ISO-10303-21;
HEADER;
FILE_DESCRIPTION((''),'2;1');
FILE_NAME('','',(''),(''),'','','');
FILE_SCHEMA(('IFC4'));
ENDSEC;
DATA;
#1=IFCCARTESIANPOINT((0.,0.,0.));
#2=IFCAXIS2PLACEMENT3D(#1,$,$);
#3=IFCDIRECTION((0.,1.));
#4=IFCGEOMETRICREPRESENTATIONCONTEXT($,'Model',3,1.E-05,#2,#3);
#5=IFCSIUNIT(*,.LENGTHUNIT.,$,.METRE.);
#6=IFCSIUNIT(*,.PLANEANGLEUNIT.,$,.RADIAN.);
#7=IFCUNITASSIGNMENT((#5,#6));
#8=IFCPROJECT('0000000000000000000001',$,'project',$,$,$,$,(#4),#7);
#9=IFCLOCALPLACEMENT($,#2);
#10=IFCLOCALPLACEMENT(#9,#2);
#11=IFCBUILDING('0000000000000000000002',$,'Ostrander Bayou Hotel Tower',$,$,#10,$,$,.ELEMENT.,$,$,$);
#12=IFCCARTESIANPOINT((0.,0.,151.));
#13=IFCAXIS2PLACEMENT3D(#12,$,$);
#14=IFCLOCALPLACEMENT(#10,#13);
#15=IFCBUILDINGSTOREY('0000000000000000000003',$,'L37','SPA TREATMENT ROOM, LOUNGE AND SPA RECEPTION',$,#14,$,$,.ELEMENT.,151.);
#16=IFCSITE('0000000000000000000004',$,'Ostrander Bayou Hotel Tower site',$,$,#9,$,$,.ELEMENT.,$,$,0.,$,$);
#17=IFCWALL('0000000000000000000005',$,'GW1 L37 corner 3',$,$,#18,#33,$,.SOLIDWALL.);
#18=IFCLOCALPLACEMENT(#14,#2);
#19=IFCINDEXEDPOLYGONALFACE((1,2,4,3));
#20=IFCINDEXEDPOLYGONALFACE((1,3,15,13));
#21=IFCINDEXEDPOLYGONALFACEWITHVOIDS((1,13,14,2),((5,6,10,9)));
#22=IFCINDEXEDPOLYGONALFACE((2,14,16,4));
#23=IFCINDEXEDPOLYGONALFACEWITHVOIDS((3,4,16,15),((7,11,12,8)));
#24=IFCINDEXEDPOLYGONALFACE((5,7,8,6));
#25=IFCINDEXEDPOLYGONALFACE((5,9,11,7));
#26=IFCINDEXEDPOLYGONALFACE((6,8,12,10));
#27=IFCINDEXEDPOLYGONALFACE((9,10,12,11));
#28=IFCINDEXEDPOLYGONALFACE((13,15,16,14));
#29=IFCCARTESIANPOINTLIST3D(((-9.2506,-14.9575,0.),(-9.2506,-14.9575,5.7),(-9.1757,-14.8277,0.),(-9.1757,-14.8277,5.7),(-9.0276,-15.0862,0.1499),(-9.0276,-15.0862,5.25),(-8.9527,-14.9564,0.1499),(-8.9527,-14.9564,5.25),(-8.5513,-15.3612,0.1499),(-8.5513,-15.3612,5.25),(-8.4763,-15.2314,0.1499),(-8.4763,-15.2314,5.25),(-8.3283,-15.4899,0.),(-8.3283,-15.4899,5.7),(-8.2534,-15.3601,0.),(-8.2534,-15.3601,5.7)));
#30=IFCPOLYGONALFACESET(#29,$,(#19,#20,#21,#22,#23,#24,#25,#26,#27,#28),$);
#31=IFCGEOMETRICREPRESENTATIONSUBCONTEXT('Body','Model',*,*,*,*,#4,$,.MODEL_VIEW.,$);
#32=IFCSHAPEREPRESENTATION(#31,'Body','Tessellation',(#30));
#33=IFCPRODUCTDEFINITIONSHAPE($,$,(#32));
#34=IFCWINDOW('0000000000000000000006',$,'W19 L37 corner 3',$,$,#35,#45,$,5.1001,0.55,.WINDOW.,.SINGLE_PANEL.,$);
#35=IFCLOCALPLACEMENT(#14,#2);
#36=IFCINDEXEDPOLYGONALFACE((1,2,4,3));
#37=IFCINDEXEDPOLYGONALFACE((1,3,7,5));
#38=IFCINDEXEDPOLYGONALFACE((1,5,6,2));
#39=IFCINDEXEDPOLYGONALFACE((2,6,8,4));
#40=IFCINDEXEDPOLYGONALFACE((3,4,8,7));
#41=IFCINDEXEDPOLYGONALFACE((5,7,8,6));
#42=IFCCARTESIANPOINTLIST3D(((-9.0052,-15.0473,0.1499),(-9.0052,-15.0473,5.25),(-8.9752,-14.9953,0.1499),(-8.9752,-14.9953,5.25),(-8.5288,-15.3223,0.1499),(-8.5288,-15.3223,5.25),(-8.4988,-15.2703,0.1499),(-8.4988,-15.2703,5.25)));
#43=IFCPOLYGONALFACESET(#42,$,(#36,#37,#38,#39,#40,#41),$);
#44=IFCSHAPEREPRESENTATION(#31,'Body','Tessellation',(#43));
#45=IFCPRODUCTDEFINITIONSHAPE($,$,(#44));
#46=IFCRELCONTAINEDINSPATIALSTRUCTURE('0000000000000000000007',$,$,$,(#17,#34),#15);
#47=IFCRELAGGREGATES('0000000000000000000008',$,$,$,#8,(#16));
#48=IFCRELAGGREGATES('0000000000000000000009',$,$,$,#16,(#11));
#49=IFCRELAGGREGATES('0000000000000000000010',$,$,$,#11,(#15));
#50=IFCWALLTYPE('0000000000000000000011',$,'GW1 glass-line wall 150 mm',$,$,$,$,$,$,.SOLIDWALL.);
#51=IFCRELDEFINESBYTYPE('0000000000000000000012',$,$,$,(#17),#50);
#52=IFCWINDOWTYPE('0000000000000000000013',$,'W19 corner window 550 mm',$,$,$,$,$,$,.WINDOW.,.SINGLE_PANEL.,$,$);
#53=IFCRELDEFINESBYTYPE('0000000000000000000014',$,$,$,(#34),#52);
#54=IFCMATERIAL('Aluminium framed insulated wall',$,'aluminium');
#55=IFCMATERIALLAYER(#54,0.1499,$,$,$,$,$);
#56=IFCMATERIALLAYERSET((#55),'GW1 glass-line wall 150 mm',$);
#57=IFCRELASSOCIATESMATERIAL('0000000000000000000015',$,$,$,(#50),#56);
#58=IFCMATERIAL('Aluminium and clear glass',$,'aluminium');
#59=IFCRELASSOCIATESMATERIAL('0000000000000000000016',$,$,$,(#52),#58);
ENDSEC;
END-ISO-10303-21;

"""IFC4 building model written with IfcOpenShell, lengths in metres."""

from ifc_helpers import new_model, si_unit, direction, frame, frame_2d, origin, place, context, subcontext, project, spatial, rectangle, extrude, material, layer, layer_set, type_object, element, fill, save


model = new_model("IFC4")

# Units and contexts
model_context = context("Model", 3, precision=1e-05, world=origin(), true_north=direction((0.0, 1.0)))
body_context = subcontext(model_context, "Body", "Model", "MODEL_VIEW")
ifc_project = project(units=[si_unit("LENGTHUNIT", "METRE"), si_unit("PLANEANGLEUNIT", "RADIAN")], contexts=[model_context])

# Site, building, storey
site_placement = place(None, origin())
site = spatial("IfcSite", under=ifc_project, at=site_placement, Name="Ostrander Bayou Hotel Tower site", CompositionType="ELEMENT", RefElevation=0.0)
building_placement = place(site_placement, origin())
building = spatial("IfcBuilding", under=site, at=building_placement, Name="Ostrander Bayou Hotel Tower", CompositionType="ELEMENT")
storey_placement = place(building_placement, frame((0.0, 0.0, 151.0)))
storey = spatial("IfcBuildingStorey", under=building, at=storey_placement, Name="L37", Description="SPA TREATMENT ROOM, LOUNGE AND SPA RECEPTION", CompositionType="ELEMENT", Elevation=151.0)

# Shared definitions
ifc_material_1 = material(Name="Aluminium framed insulated wall", Category="aluminium")
ifc_layer_1 = layer(ifc_material_1, 0.1499)
ifc_layer_set_1 = layer_set([ifc_layer_1], Name="GW1 glass-line wall 150 mm")
wall_type_1 = type_object("IfcWallType", Name="GW1 glass-line wall 150 mm", PredefinedType="SOLIDWALL", material=ifc_layer_set_1)

# Wall, opening, window
wall_1_placement = place(storey_placement, frame((-9.2131, -14.8926, 0.0), z_axis=(0.0, 0.0, 1.0), x_axis=(0.866048, -0.499961, 0.0)))
wall_1 = element("IfcWall", 1, at=wall_1_placement, inside=storey, type_object=wall_type_1, Name="GW1 L37 corner 3", PredefinedType="SOLIDWALL", context=body_context, shape_type="SweptSolid", body=[
    extrude(rectangle(XDim=1.0649, YDim=0.1499, at=frame_2d((0.5325, 0.0))), origin(), (0.0, 0.0, 1.0), 5.7),
])
opening_1_placement = place(wall_1_placement, frame((0.2576, 0.0, 0.1499)))
opening_1 = element("IfcOpeningElement", 2, at=opening_1_placement, cuts=wall_1, PredefinedType="OPENING", context=body_context, shape_type="SweptSolid", body=[
    extrude(rectangle(XDim=0.55, YDim=5.1001, at=frame_2d((0.2749, 2.55))), frame((0.0, 0.075, 0.0), z_axis=(0.0, -1.0, 0.0), x_axis=(1.0, 0.0, 0.0)), (0.0, 0.0, 1.0), 0.1499),
])
ifc_material_2 = material(Name="Aluminium and clear glass", Category="aluminium")
window_type = type_object("IfcWindowType", Name="W19 corner window 550 mm", PartitioningType="SINGLE_PANEL", PredefinedType="WINDOW", material=ifc_material_2)
window_placement = place(opening_1_placement, origin())
window = element("IfcWindow", 3, at=window_placement, inside=storey, type_object=window_type, Name="W19 L37 corner 3", OverallHeight=5.1001, OverallWidth=0.55, PartitioningType="SINGLE_PANEL", PredefinedType="WINDOW", context=body_context, shape_type="SweptSolid", body=[
    extrude(rectangle(XDim=0.55, YDim=5.1001, at=frame_2d((0.2749, 2.55))), frame((0.0, 0.03, 0.0), z_axis=(0.0, -1.0, 0.0), x_axis=(1.0, 0.0, 0.0)), (0.0, 0.0, 1.0), 0.0601),
])
fill(opening_1, window)

save(model, "model.ifc")
